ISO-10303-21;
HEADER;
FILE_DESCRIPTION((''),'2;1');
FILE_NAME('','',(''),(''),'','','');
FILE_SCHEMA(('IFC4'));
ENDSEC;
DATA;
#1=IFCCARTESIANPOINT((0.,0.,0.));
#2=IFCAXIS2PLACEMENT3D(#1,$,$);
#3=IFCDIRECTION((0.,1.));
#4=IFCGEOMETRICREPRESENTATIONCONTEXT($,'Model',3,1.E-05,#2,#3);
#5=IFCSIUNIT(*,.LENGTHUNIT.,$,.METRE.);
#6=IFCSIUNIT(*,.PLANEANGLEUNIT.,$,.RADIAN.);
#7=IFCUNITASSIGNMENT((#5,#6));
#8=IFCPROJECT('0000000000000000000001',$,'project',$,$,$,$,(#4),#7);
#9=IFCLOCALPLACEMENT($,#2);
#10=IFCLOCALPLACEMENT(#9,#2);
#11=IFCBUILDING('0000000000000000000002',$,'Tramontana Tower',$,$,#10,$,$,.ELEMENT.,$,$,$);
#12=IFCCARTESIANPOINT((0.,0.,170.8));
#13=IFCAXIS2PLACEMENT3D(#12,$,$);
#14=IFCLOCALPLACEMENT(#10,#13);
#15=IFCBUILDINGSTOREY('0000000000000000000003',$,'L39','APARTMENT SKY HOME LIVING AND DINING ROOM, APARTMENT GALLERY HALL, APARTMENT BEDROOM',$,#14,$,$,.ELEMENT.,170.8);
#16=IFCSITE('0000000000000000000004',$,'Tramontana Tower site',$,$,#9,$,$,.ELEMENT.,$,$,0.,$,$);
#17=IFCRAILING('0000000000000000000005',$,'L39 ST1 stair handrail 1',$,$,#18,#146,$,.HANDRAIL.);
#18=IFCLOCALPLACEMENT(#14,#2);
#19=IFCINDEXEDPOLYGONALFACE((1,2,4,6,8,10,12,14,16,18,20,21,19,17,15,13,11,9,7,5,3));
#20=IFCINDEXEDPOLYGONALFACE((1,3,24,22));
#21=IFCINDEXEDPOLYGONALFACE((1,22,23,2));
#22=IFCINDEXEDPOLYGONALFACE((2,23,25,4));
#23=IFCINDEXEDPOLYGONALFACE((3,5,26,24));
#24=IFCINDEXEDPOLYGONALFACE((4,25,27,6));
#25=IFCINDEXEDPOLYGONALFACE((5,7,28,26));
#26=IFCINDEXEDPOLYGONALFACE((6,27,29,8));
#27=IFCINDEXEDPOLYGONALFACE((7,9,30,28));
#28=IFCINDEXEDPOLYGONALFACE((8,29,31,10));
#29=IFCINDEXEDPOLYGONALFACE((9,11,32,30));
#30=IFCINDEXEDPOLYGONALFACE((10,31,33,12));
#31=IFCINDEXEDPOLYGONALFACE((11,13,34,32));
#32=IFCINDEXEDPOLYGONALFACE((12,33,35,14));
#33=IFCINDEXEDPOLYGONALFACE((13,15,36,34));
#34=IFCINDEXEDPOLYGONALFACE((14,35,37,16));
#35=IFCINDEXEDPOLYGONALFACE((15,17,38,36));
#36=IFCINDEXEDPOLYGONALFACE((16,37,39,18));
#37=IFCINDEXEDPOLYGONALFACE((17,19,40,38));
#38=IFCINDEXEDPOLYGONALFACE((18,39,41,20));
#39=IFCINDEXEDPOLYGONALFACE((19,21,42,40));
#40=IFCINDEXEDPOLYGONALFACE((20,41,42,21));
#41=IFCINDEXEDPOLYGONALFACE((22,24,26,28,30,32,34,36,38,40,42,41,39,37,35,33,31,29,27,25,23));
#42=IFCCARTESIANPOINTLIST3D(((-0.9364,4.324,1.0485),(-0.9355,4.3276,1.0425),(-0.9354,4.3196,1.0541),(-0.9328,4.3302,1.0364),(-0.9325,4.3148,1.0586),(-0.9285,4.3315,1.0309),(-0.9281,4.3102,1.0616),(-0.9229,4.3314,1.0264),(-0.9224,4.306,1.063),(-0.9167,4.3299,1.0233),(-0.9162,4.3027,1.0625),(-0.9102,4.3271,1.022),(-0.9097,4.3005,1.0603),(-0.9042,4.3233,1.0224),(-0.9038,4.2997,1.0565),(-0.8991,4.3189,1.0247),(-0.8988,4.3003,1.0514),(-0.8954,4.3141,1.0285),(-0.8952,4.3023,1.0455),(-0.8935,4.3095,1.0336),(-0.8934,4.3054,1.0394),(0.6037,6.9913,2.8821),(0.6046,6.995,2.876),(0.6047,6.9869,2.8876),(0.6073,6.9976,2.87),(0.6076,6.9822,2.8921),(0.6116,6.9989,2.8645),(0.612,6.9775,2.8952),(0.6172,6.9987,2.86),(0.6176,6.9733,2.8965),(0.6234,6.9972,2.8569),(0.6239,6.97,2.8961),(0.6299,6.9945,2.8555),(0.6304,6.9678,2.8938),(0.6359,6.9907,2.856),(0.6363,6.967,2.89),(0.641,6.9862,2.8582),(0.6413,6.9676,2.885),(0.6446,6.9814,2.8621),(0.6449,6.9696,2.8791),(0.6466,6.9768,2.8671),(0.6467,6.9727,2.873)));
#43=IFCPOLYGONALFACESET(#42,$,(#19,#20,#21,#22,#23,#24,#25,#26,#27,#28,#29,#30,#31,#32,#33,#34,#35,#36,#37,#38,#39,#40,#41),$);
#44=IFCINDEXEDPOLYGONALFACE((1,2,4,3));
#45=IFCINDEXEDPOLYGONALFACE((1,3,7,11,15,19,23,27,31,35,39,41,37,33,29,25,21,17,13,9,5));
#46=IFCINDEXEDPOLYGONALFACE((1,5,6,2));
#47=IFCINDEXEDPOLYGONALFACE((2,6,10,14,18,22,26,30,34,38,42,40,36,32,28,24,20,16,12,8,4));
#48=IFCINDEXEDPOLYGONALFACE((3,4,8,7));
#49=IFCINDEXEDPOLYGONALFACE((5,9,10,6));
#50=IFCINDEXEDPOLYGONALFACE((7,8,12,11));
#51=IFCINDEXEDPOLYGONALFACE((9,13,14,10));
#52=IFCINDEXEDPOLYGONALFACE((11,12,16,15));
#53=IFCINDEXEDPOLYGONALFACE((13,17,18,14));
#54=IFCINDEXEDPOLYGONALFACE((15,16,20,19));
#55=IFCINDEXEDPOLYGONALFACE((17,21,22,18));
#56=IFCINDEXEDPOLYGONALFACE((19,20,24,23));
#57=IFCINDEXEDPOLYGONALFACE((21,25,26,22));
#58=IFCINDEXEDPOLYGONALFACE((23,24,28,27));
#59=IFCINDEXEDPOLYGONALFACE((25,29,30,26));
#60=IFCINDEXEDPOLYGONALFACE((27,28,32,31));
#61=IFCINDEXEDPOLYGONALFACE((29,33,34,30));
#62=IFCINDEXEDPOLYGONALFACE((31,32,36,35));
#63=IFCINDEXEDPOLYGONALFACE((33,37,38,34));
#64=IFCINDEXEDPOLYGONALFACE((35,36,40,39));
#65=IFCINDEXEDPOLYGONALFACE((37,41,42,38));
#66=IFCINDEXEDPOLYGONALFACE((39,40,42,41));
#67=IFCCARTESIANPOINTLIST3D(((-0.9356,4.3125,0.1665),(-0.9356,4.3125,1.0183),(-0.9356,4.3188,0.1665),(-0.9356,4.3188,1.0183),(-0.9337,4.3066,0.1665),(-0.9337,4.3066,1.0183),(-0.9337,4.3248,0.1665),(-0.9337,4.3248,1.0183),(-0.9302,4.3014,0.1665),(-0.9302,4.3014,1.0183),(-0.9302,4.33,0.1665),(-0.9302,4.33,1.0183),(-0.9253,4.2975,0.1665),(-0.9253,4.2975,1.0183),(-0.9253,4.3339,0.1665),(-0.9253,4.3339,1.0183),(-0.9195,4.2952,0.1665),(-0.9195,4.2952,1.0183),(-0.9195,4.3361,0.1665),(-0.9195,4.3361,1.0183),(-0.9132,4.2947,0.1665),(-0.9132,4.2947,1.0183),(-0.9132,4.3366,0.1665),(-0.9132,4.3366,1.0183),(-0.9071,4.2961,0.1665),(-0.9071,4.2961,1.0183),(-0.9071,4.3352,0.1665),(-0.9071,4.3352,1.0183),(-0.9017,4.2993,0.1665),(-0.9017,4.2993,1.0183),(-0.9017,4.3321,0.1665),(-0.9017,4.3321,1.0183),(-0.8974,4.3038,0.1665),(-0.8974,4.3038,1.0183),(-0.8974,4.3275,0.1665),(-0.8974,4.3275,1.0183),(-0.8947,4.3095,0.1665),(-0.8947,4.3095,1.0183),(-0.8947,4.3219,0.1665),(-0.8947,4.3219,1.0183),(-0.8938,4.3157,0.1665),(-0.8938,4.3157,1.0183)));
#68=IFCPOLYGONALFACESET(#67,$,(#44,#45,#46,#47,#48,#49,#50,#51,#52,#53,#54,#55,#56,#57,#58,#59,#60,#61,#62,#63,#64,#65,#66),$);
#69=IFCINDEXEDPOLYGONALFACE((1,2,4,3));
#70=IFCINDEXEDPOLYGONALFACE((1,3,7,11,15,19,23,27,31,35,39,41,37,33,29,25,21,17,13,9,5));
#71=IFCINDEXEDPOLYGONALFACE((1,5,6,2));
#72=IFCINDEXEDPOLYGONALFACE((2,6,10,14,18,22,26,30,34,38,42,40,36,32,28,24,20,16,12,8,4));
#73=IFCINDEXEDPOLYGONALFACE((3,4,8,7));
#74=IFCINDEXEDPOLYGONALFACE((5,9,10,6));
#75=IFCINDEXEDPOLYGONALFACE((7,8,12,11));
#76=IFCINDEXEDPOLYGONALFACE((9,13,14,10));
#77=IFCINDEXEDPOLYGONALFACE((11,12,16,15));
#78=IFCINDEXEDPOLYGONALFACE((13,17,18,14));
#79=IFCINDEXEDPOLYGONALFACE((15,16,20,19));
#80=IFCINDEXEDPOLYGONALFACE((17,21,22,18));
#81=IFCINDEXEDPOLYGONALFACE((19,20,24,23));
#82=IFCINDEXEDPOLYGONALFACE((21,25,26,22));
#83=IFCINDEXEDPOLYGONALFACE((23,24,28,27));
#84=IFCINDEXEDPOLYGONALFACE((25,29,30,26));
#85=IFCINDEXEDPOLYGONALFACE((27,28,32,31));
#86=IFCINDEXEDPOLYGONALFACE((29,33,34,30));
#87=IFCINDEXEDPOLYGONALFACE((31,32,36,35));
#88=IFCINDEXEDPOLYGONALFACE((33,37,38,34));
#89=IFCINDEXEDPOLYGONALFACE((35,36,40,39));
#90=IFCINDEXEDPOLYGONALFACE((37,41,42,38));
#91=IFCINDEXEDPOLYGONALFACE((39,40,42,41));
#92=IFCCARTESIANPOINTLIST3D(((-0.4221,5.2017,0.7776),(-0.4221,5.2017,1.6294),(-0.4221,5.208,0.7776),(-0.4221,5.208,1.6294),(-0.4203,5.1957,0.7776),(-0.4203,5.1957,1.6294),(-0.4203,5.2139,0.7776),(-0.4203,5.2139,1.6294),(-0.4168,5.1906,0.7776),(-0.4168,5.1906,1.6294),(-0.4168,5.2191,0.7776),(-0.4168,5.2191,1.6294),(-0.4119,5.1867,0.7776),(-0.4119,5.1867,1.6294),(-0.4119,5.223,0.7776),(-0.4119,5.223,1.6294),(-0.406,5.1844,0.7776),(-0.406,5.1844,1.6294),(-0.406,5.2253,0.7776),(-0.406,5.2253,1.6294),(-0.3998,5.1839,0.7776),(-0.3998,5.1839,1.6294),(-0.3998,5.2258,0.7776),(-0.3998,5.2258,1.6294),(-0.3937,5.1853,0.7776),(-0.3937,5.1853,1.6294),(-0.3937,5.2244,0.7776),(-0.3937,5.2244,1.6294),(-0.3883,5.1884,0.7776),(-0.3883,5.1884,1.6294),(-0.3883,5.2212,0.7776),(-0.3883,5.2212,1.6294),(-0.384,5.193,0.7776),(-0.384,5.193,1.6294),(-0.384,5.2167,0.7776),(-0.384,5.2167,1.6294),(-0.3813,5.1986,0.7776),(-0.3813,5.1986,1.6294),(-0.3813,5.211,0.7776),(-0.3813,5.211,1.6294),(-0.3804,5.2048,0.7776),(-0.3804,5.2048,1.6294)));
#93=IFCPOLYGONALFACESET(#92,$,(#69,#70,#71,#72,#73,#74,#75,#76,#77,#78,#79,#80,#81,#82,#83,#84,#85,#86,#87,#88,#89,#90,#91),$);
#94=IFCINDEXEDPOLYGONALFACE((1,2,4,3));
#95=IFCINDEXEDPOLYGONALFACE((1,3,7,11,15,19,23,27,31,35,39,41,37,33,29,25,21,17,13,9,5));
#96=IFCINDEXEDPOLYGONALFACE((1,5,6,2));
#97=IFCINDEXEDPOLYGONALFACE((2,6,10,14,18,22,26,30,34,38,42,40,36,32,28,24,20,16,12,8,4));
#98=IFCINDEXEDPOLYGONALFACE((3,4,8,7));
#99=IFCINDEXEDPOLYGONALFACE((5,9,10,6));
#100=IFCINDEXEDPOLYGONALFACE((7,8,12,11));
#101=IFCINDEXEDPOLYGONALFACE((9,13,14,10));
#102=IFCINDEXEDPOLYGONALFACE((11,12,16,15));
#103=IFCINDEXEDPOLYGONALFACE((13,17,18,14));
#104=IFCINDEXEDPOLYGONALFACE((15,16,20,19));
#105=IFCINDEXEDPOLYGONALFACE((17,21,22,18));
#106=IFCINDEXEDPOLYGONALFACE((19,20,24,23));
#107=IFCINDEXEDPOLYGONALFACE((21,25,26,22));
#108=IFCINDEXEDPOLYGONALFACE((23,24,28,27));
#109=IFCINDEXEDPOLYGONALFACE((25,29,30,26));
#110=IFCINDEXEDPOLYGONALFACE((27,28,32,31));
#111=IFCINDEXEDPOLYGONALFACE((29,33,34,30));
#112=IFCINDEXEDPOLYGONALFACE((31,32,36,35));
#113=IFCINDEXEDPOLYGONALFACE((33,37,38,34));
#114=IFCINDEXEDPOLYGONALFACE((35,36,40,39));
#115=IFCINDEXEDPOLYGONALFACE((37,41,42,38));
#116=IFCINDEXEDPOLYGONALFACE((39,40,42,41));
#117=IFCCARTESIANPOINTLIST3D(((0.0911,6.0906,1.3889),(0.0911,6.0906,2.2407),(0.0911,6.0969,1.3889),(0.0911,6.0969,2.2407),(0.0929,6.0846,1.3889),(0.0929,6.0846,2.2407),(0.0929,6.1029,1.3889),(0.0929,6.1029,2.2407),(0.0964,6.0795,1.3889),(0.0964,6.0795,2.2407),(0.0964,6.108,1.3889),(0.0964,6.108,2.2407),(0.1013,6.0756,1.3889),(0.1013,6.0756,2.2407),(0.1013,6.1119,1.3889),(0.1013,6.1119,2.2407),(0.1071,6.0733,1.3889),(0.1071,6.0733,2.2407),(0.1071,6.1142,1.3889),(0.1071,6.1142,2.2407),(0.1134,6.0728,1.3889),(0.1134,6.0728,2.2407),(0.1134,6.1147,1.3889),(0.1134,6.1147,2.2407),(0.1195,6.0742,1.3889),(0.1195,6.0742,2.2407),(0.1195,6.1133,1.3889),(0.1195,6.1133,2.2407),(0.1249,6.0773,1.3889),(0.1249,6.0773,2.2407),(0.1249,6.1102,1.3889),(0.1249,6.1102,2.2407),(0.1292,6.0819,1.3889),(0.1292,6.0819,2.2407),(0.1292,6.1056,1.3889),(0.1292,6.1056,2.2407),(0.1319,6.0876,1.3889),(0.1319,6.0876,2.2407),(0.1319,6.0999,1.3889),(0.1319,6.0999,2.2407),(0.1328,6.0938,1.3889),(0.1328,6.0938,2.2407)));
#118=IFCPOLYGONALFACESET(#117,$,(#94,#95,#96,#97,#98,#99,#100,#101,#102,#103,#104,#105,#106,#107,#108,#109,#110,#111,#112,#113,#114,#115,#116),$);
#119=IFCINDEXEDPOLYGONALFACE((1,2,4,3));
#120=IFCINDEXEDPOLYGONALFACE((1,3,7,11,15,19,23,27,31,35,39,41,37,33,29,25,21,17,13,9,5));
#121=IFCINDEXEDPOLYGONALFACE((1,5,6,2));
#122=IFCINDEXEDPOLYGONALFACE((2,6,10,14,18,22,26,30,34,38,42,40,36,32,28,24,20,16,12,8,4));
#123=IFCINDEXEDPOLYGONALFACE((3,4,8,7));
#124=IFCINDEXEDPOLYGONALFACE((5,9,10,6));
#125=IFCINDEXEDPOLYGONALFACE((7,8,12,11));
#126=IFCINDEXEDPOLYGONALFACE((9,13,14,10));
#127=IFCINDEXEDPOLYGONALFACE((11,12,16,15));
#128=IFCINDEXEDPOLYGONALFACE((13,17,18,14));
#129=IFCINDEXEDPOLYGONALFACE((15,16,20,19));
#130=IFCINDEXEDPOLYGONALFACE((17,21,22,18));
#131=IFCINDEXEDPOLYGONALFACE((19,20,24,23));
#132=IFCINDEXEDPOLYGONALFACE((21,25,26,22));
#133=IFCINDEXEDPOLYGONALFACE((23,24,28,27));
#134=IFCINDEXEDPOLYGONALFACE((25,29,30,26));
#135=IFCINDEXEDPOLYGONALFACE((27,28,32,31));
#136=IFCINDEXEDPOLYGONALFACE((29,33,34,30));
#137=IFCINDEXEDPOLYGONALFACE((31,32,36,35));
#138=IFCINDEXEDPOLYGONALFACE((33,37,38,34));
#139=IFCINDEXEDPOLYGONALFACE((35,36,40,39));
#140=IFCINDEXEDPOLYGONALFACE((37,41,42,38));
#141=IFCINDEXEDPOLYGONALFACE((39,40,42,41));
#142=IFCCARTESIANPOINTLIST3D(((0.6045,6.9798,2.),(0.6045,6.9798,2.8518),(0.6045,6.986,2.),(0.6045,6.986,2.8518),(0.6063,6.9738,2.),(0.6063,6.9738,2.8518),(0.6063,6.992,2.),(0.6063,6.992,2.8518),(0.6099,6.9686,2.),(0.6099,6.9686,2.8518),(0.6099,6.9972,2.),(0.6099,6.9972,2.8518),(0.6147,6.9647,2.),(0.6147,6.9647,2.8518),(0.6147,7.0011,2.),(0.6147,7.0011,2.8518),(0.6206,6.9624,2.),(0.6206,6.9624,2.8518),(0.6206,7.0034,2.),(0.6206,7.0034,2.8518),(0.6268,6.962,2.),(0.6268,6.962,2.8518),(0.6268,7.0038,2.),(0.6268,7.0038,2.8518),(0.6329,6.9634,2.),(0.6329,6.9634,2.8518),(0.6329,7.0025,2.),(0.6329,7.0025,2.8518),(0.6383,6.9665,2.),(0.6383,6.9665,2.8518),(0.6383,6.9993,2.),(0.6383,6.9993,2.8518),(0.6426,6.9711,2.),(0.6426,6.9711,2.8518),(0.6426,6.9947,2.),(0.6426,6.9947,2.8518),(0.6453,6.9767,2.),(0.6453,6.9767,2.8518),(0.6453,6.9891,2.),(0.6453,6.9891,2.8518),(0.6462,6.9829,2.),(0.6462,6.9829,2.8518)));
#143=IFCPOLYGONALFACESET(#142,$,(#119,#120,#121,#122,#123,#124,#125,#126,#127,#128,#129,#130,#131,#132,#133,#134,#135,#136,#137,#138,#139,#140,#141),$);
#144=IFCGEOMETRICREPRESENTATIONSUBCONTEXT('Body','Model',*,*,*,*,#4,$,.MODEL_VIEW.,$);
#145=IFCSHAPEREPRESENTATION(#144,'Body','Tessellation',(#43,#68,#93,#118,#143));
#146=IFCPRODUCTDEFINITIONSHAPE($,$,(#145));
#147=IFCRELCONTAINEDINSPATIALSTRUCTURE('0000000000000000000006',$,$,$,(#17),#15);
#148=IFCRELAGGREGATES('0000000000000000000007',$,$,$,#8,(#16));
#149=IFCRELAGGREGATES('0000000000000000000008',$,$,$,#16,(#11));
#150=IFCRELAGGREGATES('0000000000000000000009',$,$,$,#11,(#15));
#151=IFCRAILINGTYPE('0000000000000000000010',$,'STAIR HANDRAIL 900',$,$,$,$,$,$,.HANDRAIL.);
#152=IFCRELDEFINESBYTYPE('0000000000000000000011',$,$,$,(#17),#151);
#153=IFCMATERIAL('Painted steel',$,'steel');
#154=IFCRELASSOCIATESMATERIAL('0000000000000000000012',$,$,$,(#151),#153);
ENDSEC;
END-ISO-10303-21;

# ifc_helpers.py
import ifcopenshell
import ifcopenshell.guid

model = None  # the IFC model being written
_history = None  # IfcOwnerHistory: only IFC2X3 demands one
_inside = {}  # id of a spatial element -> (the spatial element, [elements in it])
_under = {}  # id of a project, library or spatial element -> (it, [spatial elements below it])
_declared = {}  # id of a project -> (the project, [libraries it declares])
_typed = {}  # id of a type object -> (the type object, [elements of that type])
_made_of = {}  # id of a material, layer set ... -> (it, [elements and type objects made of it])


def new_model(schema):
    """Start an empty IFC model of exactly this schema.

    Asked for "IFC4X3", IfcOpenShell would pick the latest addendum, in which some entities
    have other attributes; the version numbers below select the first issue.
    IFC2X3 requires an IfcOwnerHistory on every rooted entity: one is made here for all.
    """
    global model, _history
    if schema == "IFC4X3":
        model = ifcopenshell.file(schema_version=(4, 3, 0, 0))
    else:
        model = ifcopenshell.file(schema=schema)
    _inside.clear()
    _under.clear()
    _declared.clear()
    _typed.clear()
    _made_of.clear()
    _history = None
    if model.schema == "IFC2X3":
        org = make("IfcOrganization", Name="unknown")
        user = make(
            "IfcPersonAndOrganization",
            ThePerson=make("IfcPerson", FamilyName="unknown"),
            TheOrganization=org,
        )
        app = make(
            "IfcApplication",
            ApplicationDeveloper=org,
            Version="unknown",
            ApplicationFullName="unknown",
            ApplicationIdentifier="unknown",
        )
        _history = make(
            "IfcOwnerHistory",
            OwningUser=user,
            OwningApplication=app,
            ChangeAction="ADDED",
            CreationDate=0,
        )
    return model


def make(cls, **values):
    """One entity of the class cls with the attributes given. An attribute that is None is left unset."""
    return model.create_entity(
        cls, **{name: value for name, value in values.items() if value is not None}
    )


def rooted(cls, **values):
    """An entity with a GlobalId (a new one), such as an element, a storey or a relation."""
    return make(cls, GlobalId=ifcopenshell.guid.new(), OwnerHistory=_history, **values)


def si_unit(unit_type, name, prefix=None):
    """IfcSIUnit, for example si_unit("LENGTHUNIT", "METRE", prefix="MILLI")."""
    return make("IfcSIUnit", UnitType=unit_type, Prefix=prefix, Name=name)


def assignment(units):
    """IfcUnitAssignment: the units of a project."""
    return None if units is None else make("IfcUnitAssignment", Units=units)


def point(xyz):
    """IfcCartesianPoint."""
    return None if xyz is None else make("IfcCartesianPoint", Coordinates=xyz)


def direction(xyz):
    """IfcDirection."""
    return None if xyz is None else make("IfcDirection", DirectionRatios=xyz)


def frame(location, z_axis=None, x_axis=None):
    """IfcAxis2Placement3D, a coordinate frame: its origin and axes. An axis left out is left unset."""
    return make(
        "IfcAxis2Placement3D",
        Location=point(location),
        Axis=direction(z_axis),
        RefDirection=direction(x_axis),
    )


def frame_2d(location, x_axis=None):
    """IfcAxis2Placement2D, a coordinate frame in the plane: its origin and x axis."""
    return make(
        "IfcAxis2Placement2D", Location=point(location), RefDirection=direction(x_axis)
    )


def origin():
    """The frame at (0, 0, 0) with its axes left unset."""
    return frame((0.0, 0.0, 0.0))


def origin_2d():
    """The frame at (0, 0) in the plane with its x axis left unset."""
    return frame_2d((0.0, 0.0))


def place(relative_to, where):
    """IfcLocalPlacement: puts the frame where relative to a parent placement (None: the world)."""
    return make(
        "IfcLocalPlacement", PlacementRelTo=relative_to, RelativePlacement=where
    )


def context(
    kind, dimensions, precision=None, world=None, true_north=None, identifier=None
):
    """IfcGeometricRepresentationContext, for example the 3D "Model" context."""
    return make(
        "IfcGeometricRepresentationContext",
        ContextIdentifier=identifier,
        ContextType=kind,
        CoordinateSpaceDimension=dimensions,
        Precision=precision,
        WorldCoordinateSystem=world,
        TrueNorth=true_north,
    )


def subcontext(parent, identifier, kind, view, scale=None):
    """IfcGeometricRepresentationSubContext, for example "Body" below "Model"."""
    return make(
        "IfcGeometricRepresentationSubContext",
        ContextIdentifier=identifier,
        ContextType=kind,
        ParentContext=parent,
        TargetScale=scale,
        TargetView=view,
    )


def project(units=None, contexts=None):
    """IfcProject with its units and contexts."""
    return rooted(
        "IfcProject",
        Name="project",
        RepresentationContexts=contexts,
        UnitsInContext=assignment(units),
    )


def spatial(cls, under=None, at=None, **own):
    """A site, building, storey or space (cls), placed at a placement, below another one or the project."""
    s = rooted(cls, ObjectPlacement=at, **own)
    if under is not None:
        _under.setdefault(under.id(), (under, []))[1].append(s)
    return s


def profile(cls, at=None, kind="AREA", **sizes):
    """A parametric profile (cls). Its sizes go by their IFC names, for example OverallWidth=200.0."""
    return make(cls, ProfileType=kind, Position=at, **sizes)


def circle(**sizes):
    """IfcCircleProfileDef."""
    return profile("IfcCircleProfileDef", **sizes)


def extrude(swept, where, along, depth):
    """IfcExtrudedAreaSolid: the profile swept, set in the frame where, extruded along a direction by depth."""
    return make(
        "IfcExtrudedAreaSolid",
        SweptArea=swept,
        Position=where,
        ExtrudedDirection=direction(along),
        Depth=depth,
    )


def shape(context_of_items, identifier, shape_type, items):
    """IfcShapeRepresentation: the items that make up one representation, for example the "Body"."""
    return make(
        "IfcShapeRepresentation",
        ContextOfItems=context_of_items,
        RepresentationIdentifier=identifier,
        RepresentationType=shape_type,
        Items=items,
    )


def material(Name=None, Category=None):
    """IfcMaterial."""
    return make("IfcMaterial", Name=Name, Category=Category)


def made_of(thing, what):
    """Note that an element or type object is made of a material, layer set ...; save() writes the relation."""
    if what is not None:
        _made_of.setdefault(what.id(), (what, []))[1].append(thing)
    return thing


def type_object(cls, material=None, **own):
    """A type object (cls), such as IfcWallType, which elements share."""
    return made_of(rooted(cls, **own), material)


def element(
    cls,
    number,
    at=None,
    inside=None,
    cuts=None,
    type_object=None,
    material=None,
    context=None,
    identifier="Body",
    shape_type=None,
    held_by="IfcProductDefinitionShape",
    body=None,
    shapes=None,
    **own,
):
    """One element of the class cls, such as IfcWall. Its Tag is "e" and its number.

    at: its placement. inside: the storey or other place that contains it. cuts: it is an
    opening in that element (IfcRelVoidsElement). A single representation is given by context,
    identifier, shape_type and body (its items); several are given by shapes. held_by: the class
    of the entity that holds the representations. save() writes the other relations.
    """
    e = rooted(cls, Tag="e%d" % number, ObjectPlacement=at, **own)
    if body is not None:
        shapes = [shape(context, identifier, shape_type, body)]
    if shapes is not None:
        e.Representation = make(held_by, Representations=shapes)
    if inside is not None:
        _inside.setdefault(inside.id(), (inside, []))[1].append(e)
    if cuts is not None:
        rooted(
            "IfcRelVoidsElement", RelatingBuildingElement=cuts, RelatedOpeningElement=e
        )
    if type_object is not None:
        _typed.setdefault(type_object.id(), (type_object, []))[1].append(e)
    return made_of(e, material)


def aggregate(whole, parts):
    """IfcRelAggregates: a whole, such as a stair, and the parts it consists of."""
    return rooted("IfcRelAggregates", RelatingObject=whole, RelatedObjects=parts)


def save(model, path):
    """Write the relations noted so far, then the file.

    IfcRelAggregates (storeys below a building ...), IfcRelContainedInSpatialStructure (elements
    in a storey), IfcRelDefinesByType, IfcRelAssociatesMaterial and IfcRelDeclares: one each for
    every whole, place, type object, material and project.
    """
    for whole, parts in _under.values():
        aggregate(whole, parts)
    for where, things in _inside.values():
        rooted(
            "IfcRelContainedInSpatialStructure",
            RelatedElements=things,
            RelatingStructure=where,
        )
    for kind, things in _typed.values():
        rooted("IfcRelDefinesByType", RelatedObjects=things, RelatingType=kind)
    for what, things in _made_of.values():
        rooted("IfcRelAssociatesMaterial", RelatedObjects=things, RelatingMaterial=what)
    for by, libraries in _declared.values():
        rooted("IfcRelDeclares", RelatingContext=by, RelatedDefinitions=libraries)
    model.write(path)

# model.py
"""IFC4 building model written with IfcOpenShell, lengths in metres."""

from ifc_helpers import new_model, si_unit, direction, frame, origin, origin_2d, place, context, subcontext, project, spatial, circle, extrude, material, type_object, element, save


model = new_model("IFC4")

# Units and contexts
model_context = context("Model", 3, precision=1e-05, world=origin(), true_north=direction((0.0, 1.0)))
body_context = subcontext(model_context, "Body", "Model", "MODEL_VIEW")
ifc_project = project(units=[si_unit("LENGTHUNIT", "METRE"), si_unit("PLANEANGLEUNIT", "RADIAN")], contexts=[model_context])

# Site, building, storey
site_placement = place(None, origin())
site = spatial("IfcSite", under=ifc_project, at=site_placement, Name="Tramontana Tower site", CompositionType="ELEMENT", RefElevation=0.0)
building_placement = place(site_placement, origin())
building = spatial("IfcBuilding", under=site, at=building_placement, Name="Tramontana Tower", CompositionType="ELEMENT")
storey_placement = place(building_placement, frame((0.0, 0.0, 170.8)))
storey = spatial("IfcBuildingStorey", under=building, at=storey_placement, Name="L39", Description="APARTMENT SKY HOME LIVING AND DINING ROOM, APARTMENT GALLERY HALL, APARTMENT BEDROOM", CompositionType="ELEMENT", Elevation=170.8)

# Railing
ifc_material_1 = material(Name="Painted steel", Category="steel")
railing_type_1 = type_object("IfcRailingType", Name="STAIR HANDRAIL 900", PredefinedType="HANDRAIL", material=ifc_material_1)
railing_1_placement = place(storey_placement, frame((-0.9148, 4.3157, 0.1665)))
element("IfcRailing", 1, at=railing_1_placement, inside=storey, type_object=railing_type_1, Name="L39 ST1 stair handrail 1", PredefinedType="HANDRAIL", context=body_context, shape_type="SweptSolid", body=[
    extrude(circle(Radius=0.0239, at=origin_2d()), frame((0.0, 0.0, 0.876), z_axis=(0.429656, 0.744134, 0.511528), x_axis=(-0.86601, 0.500027, 0.0)), (0.0, 0.0, 1.0), 3.5845),
    extrude(circle(Radius=0.021, at=origin_2d()), origin(), (0.0, 0.0, 1.0), 0.8518),
    extrude(circle(Radius=0.021, at=origin_2d()), frame((0.5134, 0.8892, 0.6111)), (0.0, 0.0, 1.0), 0.8518),
    extrude(circle(Radius=0.021, at=origin_2d()), frame((1.0266, 1.7781, 1.2224)), (0.0, 0.0, 1.0), 0.8518),
    extrude(circle(Radius=0.021, at=origin_2d()), frame((1.54, 2.6672, 1.8335)), (0.0, 0.0, 1.0), 0.8518),
])

save(model, "model.ifc")
